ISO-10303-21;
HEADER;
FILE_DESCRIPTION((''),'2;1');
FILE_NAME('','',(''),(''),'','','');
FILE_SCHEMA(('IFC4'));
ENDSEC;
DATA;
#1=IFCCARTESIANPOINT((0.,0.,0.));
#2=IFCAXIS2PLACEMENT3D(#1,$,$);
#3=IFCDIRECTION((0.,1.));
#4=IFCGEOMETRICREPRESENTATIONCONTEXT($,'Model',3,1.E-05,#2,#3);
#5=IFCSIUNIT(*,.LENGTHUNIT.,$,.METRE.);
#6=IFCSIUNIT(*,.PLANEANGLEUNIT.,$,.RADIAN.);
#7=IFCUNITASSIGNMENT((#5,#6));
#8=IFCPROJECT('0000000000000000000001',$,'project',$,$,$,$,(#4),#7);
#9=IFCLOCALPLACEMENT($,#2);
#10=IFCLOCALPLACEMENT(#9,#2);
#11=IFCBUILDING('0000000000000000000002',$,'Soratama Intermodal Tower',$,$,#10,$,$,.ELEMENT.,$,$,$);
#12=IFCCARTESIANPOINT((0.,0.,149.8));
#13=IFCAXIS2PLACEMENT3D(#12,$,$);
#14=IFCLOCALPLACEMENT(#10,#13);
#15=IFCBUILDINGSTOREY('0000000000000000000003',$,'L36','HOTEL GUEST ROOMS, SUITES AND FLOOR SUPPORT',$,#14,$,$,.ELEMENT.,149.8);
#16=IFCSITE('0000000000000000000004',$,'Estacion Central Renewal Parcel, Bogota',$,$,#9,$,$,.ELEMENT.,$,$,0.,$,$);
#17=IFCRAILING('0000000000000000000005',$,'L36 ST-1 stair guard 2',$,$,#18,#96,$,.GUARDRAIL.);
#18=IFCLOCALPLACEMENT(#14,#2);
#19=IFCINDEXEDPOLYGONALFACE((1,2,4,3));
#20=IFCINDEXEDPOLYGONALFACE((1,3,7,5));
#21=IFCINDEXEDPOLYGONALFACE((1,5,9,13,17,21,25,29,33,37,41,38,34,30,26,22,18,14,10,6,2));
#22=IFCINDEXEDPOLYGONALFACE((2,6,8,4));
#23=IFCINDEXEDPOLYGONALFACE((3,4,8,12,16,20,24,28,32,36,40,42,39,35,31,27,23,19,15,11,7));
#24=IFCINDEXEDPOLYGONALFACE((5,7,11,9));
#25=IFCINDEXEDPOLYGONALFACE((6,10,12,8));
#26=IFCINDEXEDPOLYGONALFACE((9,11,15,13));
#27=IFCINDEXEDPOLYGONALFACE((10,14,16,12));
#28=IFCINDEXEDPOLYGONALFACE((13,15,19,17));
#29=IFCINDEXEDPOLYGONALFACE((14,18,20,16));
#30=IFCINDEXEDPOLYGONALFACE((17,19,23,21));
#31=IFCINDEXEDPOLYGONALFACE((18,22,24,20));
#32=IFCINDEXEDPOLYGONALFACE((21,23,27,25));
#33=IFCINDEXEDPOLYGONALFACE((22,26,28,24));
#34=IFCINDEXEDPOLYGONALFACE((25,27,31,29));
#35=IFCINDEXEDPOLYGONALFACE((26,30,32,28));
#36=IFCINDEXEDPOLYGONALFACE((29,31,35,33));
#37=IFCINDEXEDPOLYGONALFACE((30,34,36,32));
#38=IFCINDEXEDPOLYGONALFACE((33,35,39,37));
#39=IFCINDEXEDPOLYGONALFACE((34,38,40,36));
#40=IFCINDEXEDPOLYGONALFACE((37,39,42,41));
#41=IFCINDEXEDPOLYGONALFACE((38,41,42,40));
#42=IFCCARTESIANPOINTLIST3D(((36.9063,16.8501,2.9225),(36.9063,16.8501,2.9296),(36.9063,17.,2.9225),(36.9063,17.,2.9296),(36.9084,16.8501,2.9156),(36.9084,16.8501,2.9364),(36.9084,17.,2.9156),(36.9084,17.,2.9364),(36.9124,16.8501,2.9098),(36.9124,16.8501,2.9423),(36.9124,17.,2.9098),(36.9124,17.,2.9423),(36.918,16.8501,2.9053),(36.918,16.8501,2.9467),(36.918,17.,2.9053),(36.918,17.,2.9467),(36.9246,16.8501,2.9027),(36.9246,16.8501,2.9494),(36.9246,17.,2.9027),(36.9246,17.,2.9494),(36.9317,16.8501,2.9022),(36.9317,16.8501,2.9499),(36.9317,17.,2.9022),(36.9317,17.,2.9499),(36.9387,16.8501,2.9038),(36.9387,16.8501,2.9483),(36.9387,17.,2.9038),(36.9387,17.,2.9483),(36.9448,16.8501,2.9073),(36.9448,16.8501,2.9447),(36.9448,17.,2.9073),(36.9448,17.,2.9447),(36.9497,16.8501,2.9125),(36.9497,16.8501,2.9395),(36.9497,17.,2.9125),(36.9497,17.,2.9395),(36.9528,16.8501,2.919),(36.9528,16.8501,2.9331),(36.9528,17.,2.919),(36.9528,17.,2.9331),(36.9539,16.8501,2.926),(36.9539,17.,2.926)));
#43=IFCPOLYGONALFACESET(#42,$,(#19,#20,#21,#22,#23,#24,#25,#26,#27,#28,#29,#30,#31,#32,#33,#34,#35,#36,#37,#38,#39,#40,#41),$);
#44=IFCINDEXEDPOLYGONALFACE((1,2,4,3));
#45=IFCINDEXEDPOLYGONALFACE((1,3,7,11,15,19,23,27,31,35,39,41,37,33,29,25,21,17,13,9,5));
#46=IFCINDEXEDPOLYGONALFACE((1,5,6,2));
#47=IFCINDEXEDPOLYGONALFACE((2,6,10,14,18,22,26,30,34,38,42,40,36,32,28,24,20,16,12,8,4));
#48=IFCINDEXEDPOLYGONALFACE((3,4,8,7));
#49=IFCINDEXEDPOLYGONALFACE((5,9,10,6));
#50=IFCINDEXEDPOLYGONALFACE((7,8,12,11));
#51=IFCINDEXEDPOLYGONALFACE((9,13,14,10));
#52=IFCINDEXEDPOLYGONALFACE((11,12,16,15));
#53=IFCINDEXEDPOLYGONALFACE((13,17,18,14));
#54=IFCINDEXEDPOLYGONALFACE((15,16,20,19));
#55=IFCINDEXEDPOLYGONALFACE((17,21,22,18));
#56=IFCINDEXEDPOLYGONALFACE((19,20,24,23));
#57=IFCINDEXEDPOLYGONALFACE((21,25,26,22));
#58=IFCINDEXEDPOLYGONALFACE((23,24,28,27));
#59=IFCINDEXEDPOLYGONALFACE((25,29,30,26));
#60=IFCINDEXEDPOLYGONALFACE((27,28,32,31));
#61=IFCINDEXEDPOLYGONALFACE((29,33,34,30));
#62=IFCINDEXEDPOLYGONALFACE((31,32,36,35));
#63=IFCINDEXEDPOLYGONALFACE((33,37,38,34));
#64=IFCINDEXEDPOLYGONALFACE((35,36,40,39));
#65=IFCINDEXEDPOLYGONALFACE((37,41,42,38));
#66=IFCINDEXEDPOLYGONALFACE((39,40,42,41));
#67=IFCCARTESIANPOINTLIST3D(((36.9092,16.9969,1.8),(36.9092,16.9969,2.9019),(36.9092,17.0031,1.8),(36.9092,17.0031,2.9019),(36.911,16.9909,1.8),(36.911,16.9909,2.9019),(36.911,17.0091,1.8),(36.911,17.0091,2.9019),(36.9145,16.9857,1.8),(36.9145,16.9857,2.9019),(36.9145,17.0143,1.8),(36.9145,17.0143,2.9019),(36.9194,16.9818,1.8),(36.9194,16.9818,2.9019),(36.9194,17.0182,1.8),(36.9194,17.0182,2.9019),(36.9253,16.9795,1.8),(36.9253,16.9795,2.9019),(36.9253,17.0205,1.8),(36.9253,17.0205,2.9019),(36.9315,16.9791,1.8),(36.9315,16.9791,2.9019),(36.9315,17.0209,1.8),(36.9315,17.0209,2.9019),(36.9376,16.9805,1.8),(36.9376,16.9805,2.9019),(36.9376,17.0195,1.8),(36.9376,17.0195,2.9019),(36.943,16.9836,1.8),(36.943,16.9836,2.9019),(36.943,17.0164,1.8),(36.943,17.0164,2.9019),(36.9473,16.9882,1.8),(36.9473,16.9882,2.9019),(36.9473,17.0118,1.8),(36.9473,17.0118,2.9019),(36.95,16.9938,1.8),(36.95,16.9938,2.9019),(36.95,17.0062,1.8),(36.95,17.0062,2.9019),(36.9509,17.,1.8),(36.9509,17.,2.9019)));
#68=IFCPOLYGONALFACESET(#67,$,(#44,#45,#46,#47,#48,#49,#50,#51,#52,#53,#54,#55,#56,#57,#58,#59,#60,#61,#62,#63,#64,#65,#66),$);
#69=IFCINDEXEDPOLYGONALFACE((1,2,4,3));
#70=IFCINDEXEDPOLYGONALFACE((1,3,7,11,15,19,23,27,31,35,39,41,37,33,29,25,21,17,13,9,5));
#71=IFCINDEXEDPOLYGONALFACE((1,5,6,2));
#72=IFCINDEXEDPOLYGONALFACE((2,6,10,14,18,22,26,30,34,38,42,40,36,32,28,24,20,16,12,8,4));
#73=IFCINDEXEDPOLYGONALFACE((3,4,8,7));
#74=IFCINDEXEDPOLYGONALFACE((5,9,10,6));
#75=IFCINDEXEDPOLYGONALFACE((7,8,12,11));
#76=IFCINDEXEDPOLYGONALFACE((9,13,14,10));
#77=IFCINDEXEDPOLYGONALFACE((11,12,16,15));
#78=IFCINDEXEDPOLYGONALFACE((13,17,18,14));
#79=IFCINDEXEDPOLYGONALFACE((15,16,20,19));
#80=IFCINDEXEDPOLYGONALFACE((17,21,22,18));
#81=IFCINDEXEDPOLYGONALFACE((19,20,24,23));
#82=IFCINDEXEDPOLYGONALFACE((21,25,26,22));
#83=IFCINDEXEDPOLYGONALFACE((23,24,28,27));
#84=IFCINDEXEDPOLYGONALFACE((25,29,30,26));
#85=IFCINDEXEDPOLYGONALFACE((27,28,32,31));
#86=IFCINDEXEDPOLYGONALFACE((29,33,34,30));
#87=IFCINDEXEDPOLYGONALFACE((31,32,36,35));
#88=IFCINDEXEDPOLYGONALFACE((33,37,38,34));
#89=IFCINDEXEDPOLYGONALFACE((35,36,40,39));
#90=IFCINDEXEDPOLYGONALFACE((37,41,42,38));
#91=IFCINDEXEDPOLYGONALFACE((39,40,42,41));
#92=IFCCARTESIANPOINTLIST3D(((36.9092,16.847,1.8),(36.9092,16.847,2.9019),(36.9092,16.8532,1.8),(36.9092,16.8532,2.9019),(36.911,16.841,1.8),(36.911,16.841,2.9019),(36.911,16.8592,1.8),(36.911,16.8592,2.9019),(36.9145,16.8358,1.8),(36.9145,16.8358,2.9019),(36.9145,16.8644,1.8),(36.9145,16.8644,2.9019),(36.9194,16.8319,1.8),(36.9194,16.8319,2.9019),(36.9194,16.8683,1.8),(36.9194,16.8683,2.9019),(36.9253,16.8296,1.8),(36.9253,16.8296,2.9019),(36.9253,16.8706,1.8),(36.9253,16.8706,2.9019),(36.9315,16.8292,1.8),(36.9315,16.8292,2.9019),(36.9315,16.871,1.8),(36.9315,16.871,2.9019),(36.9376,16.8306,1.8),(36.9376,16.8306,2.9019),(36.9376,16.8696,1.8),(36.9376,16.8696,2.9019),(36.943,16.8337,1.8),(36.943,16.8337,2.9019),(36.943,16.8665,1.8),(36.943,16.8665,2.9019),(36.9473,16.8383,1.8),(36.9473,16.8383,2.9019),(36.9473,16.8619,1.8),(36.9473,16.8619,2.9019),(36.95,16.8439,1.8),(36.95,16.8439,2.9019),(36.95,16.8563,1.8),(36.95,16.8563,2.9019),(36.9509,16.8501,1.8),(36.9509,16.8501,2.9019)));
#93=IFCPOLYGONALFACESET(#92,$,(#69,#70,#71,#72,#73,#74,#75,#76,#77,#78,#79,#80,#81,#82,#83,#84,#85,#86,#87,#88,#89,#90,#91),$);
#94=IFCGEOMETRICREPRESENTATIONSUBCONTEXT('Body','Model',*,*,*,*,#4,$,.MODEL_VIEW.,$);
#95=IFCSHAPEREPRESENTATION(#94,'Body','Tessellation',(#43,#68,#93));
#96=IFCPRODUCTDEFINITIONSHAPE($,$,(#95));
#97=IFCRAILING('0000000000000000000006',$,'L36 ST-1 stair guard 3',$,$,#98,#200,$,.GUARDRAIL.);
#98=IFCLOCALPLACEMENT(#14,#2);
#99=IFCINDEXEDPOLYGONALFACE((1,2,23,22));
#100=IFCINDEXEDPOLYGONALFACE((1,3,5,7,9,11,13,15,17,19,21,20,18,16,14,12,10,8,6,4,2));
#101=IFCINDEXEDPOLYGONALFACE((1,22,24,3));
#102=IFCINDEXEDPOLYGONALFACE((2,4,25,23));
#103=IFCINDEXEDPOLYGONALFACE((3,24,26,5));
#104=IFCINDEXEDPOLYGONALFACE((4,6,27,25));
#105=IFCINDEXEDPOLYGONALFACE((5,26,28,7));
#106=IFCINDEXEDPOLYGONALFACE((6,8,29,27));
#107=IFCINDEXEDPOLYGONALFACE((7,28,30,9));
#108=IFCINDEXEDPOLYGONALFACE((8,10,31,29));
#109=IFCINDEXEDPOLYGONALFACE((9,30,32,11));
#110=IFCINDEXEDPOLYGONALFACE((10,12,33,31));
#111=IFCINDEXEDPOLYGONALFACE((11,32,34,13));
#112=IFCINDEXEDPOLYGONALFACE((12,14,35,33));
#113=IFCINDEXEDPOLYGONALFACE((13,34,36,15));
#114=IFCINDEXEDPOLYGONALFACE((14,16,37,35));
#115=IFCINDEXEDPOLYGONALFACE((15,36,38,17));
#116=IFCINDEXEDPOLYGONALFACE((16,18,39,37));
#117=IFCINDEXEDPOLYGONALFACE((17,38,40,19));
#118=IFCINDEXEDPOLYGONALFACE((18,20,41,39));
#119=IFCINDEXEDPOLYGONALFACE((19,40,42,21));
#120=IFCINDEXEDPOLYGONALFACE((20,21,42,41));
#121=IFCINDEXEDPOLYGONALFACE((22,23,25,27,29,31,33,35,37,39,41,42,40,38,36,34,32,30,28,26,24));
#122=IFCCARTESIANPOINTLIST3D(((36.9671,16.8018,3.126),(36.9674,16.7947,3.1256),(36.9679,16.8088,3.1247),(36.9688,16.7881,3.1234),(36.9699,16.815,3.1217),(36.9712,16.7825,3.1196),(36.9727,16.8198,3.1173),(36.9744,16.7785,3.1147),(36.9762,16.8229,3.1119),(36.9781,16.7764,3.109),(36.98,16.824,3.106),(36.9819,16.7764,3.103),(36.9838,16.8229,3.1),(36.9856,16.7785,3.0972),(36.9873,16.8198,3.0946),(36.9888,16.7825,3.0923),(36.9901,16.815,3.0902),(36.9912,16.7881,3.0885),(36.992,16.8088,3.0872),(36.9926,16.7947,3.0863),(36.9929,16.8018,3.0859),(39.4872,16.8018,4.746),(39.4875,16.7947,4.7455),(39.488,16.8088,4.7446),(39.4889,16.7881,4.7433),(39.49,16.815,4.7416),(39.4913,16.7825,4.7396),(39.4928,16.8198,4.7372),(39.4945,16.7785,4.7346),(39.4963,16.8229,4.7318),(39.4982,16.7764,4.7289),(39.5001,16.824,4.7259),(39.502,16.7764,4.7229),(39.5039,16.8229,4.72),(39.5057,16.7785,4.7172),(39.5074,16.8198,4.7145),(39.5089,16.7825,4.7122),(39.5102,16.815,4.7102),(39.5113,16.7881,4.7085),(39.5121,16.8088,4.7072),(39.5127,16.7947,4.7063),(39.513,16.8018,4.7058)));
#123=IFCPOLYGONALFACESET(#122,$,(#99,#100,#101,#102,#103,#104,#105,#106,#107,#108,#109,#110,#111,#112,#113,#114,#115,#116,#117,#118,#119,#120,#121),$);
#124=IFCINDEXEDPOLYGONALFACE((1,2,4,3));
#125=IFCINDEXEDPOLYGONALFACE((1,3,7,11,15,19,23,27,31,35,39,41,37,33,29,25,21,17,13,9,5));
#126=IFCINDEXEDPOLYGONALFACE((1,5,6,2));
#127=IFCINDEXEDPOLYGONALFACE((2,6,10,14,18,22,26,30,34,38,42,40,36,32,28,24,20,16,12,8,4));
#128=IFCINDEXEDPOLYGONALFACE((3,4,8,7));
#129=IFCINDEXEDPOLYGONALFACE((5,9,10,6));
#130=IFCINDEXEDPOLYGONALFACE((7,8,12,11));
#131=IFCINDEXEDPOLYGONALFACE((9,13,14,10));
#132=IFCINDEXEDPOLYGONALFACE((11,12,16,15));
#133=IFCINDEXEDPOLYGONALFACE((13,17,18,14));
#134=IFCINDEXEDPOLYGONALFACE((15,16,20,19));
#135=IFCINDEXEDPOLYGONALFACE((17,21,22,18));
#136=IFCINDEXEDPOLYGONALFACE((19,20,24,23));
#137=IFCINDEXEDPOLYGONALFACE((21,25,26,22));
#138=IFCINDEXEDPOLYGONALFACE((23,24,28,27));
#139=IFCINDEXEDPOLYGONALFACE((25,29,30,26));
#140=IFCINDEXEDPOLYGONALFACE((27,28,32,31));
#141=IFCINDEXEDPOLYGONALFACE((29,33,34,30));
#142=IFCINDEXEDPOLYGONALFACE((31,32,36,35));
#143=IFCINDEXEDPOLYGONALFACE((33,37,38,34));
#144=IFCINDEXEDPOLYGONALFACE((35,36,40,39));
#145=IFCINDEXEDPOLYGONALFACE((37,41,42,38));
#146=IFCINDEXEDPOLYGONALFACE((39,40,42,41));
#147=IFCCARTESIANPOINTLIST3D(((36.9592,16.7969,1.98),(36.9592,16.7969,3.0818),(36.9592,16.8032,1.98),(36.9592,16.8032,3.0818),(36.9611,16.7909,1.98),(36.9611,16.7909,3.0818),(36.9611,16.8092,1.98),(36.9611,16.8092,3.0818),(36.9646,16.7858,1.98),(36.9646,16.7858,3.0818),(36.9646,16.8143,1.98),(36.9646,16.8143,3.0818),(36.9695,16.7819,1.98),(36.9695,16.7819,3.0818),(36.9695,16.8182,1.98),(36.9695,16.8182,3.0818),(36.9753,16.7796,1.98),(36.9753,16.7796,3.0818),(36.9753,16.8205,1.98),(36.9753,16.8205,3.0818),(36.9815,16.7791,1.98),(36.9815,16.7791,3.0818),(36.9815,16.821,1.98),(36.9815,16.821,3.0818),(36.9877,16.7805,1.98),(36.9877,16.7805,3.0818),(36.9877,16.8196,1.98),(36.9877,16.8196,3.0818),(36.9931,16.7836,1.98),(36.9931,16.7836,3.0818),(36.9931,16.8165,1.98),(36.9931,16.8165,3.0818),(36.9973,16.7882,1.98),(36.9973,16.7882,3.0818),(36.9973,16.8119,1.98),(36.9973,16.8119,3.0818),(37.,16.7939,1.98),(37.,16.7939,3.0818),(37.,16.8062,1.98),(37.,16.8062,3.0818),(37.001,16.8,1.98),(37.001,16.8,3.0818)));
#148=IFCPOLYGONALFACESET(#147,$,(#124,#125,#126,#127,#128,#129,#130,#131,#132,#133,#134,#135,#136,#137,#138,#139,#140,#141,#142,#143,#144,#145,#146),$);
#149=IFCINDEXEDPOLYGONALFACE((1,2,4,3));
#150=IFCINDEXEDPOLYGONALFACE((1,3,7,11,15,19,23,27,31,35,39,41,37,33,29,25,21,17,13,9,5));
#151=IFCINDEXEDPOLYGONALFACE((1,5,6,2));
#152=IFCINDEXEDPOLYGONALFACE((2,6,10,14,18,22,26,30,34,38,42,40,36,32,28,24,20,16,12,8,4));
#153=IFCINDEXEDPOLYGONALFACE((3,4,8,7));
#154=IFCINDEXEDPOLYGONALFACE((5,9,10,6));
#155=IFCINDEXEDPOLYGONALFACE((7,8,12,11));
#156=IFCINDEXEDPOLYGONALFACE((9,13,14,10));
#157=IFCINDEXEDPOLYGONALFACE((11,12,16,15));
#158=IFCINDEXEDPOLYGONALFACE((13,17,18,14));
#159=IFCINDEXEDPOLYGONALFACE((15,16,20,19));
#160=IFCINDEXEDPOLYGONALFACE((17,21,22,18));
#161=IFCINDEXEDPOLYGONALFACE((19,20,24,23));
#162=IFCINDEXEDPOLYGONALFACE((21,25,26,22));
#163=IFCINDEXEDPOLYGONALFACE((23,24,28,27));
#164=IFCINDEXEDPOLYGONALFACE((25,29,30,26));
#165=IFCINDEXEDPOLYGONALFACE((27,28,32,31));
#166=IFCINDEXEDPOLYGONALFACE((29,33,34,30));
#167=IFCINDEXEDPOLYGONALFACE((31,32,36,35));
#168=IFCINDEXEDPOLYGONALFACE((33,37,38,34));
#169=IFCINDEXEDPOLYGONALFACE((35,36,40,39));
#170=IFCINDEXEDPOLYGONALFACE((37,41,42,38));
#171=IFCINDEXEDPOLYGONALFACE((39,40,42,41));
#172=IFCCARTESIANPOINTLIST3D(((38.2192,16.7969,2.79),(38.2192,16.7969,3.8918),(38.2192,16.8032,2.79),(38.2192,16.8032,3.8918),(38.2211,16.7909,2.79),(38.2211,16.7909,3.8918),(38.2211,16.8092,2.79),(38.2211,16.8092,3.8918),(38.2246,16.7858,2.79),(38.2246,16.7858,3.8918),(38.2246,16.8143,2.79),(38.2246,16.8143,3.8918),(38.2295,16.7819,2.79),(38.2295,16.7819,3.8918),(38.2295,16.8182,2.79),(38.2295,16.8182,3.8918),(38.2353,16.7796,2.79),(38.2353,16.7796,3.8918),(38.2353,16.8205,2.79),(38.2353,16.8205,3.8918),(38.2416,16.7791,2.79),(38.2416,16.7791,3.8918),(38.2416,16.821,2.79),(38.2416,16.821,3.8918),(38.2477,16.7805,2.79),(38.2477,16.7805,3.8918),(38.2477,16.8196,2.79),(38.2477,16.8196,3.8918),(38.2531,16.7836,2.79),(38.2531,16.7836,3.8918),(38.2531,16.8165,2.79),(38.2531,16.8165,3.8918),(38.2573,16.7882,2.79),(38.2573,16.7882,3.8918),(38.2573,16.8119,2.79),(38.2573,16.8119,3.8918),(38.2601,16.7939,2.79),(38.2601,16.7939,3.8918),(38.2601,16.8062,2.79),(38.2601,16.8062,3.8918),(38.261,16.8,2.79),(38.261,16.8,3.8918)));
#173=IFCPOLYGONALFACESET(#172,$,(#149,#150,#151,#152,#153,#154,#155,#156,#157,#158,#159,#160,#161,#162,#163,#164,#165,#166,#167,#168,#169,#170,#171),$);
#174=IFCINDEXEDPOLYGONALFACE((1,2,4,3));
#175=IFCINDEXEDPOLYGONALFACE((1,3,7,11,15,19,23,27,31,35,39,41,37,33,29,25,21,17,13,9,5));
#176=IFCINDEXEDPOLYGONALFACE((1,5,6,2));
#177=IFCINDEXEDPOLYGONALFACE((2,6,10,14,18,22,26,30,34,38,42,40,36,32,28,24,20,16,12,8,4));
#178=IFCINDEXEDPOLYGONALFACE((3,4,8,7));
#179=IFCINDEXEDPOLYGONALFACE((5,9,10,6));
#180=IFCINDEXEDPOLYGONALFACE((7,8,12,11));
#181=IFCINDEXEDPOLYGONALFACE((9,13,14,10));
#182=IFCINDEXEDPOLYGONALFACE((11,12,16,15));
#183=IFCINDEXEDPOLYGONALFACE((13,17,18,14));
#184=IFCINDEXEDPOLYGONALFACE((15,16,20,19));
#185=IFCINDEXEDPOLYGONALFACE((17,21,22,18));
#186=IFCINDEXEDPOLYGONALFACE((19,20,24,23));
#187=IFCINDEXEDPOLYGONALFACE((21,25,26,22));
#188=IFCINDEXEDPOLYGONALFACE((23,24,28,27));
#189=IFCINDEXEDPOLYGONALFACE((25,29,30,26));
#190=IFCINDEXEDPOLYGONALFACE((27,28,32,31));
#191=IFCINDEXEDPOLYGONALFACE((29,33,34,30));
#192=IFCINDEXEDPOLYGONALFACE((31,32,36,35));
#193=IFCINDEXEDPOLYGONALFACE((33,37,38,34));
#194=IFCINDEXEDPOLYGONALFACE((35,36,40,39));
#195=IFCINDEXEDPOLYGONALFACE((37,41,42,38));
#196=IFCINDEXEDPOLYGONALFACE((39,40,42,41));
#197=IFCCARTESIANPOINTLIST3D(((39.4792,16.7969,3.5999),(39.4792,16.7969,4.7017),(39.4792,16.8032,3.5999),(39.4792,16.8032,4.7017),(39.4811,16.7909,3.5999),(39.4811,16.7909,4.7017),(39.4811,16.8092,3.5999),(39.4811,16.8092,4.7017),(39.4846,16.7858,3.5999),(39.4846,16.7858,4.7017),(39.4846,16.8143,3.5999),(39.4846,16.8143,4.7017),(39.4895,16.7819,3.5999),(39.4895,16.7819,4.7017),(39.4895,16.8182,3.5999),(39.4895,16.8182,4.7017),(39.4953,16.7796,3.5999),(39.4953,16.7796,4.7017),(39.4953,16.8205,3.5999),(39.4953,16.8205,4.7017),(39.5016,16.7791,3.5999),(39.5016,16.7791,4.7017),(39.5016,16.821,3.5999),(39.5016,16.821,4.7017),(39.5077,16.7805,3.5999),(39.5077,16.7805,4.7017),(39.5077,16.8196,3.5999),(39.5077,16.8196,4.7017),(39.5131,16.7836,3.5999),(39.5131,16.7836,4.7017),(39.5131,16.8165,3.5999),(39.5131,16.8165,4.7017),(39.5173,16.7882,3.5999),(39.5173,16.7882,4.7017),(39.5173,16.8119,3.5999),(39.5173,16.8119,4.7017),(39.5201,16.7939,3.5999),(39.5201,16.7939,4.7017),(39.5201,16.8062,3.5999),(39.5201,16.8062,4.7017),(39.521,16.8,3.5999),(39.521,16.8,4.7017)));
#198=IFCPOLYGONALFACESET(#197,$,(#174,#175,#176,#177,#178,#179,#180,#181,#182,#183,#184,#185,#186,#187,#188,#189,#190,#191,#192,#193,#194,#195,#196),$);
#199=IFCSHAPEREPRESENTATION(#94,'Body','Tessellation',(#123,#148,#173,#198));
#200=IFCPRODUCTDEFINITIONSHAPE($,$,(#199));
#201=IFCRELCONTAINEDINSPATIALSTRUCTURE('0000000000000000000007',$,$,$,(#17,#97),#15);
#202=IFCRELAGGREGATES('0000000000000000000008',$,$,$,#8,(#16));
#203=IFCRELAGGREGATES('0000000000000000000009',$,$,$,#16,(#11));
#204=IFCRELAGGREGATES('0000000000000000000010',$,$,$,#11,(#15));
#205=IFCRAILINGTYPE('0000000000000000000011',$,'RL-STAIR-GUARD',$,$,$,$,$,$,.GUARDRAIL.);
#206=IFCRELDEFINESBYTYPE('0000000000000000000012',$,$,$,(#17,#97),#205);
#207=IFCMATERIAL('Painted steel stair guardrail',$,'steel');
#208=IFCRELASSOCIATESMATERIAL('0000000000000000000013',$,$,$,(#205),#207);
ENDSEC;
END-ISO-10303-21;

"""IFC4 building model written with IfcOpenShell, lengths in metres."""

from ifc_helpers import new_model, si_unit, direction, frame, origin, origin_2d, place, context, subcontext, project, spatial, circle, extrude, material, type_object, element, save


model = new_model("IFC4")

# Units and contexts
model_context = context("Model", 3, precision=1e-05, world=origin(), true_north=direction((0.0, 1.0)))
body_context = subcontext(model_context, "Body", "Model", "MODEL_VIEW")
ifc_project = project(units=[si_unit("LENGTHUNIT", "METRE"), si_unit("PLANEANGLEUNIT", "RADIAN")], contexts=[model_context])

# Site, building, storey
site_placement = place(None, origin())
site = spatial("IfcSite", under=ifc_project, at=site_placement, Name="Estacion Central Renewal Parcel, Bogota", CompositionType="ELEMENT", RefElevation=0.0)
building_placement = place(site_placement, origin())
building = spatial("IfcBuilding", under=site, at=building_placement, Name="Soratama Intermodal Tower", CompositionType="ELEMENT")
storey_placement = place(building_placement, frame((0.0, 0.0, 149.8)))
storey = spatial("IfcBuildingStorey", under=building, at=storey_placement, Name="L36", Description="HOTEL GUEST ROOMS, SUITES AND FLOOR SUPPORT", CompositionType="ELEMENT", Elevation=149.8)

# Railings
ifc_material_1 = material(Name="Painted steel stair guardrail", Category="steel")
railing_type_1 = type_object("IfcRailingType", Name="RL-STAIR-GUARD", PredefinedType="GUARDRAIL", material=ifc_material_1)
railing_1_placement = place(storey_placement, frame((36.9299, 17.0, 1.8)))
element("IfcRailing", 1, at=railing_1_placement, inside=storey, type_object=railing_type_1, Name="L36 ST-1 stair guard 2", PredefinedType="GUARDRAIL", context=body_context, shape_type="SweptSolid", body=[
    extrude(circle(Radius=0.0239, at=origin_2d()), frame((0.0, 0.0, 1.126), z_axis=(0.0, -1.0, 0.0), x_axis=(1.0, 0.0, 0.0)), (0.0, 0.0, 1.0), 0.1499),
    extrude(circle(Radius=0.021, at=origin_2d()), origin(), (0.0, 0.0, 1.0), 1.1018),
    extrude(circle(Radius=0.021, at=origin_2d()), frame((0.0, -0.1499, 0.0)), (0.0, 0.0, 1.0), 1.1018),
])
railing_2_placement = place(storey_placement, frame((36.98, 16.8, 1.98)))
element("IfcRailing", 2, at=railing_2_placement, inside=storey, type_object=railing_type_1, Name="L36 ST-1 stair guard 3", PredefinedType="GUARDRAIL", context=body_context, shape_type="SweptSolid", body=[
    extrude(circle(Radius=0.0239, at=origin_2d()), frame((0.0, 0.0, 1.126), z_axis=(0.8412, 0.0, 0.540725), x_axis=(0.0, 1.0, 0.0)), (0.0, 0.0, 1.0), 2.9958),
    extrude(circle(Radius=0.021, at=origin_2d()), origin(), (0.0, 0.0, 1.0), 1.1018),
    extrude(circle(Radius=0.021, at=origin_2d()), frame((1.26, 0.0, 0.8101)), (0.0, 0.0, 1.0), 1.1018),
    extrude(circle(Radius=0.021, at=origin_2d()), frame((2.52, 0.0, 1.6199)), (0.0, 0.0, 1.0), 1.1018),
])

save(model, "model.ifc")
